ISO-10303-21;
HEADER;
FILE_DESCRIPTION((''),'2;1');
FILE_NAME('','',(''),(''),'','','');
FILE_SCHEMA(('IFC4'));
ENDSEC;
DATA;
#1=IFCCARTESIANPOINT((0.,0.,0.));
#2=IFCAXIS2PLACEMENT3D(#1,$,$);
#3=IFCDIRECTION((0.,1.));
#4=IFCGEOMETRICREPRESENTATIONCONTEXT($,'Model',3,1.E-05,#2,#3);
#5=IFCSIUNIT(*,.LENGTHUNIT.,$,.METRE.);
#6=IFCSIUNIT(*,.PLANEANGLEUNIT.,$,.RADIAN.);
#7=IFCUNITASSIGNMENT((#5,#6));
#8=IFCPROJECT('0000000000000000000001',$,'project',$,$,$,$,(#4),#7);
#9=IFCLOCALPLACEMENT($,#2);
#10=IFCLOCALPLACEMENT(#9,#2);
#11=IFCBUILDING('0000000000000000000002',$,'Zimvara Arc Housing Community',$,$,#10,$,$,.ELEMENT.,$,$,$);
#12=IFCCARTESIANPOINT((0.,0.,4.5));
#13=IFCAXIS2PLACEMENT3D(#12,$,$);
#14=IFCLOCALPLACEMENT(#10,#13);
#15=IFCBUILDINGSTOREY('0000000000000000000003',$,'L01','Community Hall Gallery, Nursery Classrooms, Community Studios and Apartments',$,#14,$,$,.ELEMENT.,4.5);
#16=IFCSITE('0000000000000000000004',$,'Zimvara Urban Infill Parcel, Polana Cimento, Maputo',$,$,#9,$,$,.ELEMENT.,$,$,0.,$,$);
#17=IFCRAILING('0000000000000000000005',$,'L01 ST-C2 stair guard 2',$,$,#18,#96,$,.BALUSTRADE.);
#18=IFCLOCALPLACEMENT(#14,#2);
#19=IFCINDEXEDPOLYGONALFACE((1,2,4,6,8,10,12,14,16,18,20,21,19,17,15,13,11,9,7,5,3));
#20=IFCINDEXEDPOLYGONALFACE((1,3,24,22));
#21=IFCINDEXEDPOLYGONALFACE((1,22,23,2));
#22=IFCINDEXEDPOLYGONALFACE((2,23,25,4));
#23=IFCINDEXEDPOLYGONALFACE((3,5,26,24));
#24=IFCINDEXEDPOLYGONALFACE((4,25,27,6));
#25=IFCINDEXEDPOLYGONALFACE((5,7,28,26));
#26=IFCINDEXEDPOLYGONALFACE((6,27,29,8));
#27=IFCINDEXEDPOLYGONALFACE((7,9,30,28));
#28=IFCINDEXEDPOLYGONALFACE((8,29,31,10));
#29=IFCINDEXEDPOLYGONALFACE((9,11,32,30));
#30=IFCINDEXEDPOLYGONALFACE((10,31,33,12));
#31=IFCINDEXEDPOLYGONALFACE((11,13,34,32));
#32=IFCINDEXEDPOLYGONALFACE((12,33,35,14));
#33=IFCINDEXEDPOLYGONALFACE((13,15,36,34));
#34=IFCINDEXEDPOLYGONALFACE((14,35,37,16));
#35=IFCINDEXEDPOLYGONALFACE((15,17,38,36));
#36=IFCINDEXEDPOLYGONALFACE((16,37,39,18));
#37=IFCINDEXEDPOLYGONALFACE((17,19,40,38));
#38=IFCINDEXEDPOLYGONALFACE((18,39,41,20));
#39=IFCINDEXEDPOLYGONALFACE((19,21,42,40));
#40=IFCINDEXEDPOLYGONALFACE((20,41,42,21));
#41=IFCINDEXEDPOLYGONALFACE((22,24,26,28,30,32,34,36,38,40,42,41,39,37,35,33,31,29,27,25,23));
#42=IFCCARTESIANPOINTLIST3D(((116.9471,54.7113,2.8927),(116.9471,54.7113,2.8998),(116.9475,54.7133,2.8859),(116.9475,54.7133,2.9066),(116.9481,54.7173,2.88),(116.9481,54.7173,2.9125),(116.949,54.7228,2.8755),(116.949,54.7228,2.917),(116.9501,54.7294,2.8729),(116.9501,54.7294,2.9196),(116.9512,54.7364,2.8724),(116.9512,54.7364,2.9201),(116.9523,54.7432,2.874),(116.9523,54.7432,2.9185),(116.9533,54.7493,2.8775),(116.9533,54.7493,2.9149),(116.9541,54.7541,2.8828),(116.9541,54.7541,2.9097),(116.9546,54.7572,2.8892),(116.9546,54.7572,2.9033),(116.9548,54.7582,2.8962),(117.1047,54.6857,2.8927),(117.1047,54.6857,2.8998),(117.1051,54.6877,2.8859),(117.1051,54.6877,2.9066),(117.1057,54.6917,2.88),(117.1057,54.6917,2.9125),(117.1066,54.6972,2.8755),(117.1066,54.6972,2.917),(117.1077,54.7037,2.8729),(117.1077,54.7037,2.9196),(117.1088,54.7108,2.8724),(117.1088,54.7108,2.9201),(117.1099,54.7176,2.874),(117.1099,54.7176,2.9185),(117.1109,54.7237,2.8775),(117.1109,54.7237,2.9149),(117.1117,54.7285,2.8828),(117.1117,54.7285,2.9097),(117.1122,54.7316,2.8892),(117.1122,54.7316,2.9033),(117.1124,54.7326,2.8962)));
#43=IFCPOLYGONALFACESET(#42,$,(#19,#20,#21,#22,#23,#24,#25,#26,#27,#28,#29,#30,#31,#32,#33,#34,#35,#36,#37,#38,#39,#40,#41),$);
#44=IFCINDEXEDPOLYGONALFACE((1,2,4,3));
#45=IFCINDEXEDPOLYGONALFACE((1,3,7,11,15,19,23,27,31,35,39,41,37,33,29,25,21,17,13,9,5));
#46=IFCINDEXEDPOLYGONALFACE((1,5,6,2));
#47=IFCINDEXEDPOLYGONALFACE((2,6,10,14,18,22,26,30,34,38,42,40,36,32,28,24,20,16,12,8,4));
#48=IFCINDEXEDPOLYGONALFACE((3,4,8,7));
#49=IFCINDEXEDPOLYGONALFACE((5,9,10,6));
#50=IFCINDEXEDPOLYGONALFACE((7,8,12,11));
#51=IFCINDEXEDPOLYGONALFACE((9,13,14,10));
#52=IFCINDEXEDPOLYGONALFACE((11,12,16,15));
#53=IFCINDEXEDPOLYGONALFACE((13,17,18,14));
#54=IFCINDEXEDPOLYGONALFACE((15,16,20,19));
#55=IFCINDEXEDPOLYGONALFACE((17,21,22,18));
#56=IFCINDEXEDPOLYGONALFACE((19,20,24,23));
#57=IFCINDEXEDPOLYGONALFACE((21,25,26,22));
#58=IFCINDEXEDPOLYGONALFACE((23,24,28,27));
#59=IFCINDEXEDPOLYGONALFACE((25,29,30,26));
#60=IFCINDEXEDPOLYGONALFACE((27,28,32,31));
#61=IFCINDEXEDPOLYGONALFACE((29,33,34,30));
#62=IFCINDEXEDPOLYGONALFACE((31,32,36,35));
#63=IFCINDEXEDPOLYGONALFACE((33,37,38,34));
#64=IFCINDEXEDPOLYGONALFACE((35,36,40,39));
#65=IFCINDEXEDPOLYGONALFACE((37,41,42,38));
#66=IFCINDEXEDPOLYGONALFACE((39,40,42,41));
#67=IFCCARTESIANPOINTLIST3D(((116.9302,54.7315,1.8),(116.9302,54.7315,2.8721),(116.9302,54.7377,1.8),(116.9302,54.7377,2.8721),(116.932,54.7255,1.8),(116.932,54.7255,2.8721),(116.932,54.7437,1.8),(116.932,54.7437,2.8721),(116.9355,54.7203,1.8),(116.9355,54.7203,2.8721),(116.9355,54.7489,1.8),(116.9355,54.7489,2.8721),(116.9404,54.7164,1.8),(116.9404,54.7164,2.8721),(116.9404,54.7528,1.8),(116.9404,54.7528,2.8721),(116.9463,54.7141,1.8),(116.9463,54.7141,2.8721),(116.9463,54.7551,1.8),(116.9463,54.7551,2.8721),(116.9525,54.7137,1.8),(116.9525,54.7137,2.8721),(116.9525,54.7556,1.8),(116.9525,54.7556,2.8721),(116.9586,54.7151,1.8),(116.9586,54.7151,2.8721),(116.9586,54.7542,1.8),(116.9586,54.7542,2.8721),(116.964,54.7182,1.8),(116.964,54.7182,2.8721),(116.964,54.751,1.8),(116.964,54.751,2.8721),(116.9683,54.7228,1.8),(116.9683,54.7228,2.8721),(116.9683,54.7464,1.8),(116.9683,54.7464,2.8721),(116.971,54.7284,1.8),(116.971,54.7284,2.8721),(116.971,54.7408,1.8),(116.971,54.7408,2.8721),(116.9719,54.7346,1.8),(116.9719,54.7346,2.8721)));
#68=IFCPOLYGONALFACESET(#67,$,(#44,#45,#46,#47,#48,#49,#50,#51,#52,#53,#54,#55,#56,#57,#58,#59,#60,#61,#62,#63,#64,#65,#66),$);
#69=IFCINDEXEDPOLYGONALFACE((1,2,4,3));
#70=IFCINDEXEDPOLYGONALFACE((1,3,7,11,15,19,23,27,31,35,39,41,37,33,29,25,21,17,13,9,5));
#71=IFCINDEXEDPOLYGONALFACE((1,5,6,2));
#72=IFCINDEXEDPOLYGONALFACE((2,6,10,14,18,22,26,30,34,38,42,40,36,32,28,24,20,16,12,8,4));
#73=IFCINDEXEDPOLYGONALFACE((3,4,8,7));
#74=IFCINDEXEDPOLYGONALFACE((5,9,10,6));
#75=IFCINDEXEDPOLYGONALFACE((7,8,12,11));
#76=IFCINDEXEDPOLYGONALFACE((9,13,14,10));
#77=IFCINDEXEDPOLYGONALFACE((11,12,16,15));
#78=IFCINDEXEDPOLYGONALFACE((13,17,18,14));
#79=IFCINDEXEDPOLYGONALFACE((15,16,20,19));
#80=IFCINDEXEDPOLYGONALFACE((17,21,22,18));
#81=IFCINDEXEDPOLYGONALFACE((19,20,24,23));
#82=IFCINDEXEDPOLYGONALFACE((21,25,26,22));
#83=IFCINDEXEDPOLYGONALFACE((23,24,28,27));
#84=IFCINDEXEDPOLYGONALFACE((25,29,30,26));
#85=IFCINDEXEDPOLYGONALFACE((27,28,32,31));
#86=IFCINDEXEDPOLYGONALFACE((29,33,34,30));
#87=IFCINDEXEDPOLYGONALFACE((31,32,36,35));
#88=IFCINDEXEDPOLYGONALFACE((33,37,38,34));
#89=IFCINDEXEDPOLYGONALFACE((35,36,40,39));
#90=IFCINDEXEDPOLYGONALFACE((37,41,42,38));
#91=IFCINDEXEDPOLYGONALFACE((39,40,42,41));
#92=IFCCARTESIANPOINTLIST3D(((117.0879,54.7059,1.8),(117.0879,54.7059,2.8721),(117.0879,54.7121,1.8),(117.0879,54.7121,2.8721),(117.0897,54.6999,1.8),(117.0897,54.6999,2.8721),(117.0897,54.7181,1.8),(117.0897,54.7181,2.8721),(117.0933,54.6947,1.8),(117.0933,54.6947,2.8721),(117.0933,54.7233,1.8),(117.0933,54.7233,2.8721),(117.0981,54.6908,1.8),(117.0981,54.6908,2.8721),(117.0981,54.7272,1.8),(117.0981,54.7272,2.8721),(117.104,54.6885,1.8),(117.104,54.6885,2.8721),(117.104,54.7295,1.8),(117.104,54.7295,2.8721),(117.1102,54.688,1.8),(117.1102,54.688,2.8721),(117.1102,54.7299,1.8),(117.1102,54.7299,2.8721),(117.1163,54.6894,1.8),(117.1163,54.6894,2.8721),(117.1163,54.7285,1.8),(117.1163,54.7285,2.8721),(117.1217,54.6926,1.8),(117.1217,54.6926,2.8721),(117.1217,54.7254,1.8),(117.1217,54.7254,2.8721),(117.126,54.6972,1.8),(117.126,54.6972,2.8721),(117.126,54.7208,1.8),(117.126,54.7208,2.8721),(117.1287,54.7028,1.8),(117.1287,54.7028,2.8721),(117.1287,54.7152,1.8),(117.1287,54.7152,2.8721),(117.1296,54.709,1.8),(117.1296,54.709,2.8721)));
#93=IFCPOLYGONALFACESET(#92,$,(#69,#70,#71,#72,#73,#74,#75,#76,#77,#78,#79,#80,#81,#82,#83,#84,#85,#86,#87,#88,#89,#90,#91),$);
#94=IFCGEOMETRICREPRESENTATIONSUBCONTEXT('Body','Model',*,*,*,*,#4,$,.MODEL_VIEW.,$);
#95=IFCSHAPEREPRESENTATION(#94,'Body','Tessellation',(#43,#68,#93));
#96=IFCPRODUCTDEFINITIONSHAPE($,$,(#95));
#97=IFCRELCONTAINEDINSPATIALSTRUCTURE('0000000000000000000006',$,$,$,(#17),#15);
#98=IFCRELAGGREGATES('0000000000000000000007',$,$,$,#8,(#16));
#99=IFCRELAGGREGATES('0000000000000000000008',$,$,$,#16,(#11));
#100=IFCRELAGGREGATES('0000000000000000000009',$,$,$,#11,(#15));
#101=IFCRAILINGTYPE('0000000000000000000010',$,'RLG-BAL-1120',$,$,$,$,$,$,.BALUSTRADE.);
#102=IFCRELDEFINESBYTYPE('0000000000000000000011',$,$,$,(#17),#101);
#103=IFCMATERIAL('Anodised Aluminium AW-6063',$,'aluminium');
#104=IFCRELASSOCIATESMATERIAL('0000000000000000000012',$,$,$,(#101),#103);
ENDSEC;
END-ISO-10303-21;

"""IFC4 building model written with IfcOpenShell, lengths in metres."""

from ifc_helpers import new_model, si_unit, direction, frame, origin, origin_2d, place, context, subcontext, project, spatial, circle, extrude, material, type_object, element, save


model = new_model("IFC4")

# Units and contexts
model_context = context("Model", 3, precision=1e-05, world=origin(), true_north=direction((0.0, 1.0)))
body_context = subcontext(model_context, "Body", "Model", "MODEL_VIEW")
ifc_project = project(units=[si_unit("LENGTHUNIT", "METRE"), si_unit("PLANEANGLEUNIT", "RADIAN")], contexts=[model_context])

# Site, building, storey
site_placement = place(None, origin())
site = spatial("IfcSite", under=ifc_project, at=site_placement, Name="Zimvara Urban Infill Parcel, Polana Cimento, Maputo", CompositionType="ELEMENT", RefElevation=0.0)
building_placement = place(site_placement, origin())
building = spatial("IfcBuilding", under=site, at=building_placement, Name="Zimvara Arc Housing Community", CompositionType="ELEMENT")
storey_placement = place(building_placement, frame((0.0, 0.0, 4.5)))
storey = spatial("IfcBuildingStorey", under=building, at=storey_placement, Name="L01", Description="Community Hall Gallery, Nursery Classrooms, Community Studios and Apartments", CompositionType="ELEMENT", Elevation=4.5)

# Railing
ifc_material_1 = material(Name="Anodised Aluminium AW-6063", Category="aluminium")
railing_type_1 = type_object("IfcRailingType", Name="RLG-BAL-1120", PredefinedType="BALUSTRADE", material=ifc_material_1)
railing_1_placement = place(storey_placement, frame((116.9509, 54.7346, 1.8)))
element("IfcRailing", 1, at=railing_1_placement, inside=storey, type_object=railing_type_1, Name="L01 ST-C2 stair guard 2", PredefinedType="BALUSTRADE", context=body_context, shape_type="SweptSolid", body=[
    extrude(circle(Radius=0.0239, at=origin_2d()), frame((0.0, 0.0, 1.0962), z_axis=(0.987047, -0.160433, 0.0), x_axis=(0.160433, 0.987047, 0.0)), (0.0, 0.0, 1.0), 0.1597),
    extrude(circle(Radius=0.021, at=origin_2d()), origin(), (0.0, 0.0, 1.0), 1.072),
    extrude(circle(Radius=0.021, at=origin_2d()), frame((0.1577, -0.0256, 0.0)), (0.0, 0.0, 1.0), 1.072),
])

save(model, "model.ifc")
